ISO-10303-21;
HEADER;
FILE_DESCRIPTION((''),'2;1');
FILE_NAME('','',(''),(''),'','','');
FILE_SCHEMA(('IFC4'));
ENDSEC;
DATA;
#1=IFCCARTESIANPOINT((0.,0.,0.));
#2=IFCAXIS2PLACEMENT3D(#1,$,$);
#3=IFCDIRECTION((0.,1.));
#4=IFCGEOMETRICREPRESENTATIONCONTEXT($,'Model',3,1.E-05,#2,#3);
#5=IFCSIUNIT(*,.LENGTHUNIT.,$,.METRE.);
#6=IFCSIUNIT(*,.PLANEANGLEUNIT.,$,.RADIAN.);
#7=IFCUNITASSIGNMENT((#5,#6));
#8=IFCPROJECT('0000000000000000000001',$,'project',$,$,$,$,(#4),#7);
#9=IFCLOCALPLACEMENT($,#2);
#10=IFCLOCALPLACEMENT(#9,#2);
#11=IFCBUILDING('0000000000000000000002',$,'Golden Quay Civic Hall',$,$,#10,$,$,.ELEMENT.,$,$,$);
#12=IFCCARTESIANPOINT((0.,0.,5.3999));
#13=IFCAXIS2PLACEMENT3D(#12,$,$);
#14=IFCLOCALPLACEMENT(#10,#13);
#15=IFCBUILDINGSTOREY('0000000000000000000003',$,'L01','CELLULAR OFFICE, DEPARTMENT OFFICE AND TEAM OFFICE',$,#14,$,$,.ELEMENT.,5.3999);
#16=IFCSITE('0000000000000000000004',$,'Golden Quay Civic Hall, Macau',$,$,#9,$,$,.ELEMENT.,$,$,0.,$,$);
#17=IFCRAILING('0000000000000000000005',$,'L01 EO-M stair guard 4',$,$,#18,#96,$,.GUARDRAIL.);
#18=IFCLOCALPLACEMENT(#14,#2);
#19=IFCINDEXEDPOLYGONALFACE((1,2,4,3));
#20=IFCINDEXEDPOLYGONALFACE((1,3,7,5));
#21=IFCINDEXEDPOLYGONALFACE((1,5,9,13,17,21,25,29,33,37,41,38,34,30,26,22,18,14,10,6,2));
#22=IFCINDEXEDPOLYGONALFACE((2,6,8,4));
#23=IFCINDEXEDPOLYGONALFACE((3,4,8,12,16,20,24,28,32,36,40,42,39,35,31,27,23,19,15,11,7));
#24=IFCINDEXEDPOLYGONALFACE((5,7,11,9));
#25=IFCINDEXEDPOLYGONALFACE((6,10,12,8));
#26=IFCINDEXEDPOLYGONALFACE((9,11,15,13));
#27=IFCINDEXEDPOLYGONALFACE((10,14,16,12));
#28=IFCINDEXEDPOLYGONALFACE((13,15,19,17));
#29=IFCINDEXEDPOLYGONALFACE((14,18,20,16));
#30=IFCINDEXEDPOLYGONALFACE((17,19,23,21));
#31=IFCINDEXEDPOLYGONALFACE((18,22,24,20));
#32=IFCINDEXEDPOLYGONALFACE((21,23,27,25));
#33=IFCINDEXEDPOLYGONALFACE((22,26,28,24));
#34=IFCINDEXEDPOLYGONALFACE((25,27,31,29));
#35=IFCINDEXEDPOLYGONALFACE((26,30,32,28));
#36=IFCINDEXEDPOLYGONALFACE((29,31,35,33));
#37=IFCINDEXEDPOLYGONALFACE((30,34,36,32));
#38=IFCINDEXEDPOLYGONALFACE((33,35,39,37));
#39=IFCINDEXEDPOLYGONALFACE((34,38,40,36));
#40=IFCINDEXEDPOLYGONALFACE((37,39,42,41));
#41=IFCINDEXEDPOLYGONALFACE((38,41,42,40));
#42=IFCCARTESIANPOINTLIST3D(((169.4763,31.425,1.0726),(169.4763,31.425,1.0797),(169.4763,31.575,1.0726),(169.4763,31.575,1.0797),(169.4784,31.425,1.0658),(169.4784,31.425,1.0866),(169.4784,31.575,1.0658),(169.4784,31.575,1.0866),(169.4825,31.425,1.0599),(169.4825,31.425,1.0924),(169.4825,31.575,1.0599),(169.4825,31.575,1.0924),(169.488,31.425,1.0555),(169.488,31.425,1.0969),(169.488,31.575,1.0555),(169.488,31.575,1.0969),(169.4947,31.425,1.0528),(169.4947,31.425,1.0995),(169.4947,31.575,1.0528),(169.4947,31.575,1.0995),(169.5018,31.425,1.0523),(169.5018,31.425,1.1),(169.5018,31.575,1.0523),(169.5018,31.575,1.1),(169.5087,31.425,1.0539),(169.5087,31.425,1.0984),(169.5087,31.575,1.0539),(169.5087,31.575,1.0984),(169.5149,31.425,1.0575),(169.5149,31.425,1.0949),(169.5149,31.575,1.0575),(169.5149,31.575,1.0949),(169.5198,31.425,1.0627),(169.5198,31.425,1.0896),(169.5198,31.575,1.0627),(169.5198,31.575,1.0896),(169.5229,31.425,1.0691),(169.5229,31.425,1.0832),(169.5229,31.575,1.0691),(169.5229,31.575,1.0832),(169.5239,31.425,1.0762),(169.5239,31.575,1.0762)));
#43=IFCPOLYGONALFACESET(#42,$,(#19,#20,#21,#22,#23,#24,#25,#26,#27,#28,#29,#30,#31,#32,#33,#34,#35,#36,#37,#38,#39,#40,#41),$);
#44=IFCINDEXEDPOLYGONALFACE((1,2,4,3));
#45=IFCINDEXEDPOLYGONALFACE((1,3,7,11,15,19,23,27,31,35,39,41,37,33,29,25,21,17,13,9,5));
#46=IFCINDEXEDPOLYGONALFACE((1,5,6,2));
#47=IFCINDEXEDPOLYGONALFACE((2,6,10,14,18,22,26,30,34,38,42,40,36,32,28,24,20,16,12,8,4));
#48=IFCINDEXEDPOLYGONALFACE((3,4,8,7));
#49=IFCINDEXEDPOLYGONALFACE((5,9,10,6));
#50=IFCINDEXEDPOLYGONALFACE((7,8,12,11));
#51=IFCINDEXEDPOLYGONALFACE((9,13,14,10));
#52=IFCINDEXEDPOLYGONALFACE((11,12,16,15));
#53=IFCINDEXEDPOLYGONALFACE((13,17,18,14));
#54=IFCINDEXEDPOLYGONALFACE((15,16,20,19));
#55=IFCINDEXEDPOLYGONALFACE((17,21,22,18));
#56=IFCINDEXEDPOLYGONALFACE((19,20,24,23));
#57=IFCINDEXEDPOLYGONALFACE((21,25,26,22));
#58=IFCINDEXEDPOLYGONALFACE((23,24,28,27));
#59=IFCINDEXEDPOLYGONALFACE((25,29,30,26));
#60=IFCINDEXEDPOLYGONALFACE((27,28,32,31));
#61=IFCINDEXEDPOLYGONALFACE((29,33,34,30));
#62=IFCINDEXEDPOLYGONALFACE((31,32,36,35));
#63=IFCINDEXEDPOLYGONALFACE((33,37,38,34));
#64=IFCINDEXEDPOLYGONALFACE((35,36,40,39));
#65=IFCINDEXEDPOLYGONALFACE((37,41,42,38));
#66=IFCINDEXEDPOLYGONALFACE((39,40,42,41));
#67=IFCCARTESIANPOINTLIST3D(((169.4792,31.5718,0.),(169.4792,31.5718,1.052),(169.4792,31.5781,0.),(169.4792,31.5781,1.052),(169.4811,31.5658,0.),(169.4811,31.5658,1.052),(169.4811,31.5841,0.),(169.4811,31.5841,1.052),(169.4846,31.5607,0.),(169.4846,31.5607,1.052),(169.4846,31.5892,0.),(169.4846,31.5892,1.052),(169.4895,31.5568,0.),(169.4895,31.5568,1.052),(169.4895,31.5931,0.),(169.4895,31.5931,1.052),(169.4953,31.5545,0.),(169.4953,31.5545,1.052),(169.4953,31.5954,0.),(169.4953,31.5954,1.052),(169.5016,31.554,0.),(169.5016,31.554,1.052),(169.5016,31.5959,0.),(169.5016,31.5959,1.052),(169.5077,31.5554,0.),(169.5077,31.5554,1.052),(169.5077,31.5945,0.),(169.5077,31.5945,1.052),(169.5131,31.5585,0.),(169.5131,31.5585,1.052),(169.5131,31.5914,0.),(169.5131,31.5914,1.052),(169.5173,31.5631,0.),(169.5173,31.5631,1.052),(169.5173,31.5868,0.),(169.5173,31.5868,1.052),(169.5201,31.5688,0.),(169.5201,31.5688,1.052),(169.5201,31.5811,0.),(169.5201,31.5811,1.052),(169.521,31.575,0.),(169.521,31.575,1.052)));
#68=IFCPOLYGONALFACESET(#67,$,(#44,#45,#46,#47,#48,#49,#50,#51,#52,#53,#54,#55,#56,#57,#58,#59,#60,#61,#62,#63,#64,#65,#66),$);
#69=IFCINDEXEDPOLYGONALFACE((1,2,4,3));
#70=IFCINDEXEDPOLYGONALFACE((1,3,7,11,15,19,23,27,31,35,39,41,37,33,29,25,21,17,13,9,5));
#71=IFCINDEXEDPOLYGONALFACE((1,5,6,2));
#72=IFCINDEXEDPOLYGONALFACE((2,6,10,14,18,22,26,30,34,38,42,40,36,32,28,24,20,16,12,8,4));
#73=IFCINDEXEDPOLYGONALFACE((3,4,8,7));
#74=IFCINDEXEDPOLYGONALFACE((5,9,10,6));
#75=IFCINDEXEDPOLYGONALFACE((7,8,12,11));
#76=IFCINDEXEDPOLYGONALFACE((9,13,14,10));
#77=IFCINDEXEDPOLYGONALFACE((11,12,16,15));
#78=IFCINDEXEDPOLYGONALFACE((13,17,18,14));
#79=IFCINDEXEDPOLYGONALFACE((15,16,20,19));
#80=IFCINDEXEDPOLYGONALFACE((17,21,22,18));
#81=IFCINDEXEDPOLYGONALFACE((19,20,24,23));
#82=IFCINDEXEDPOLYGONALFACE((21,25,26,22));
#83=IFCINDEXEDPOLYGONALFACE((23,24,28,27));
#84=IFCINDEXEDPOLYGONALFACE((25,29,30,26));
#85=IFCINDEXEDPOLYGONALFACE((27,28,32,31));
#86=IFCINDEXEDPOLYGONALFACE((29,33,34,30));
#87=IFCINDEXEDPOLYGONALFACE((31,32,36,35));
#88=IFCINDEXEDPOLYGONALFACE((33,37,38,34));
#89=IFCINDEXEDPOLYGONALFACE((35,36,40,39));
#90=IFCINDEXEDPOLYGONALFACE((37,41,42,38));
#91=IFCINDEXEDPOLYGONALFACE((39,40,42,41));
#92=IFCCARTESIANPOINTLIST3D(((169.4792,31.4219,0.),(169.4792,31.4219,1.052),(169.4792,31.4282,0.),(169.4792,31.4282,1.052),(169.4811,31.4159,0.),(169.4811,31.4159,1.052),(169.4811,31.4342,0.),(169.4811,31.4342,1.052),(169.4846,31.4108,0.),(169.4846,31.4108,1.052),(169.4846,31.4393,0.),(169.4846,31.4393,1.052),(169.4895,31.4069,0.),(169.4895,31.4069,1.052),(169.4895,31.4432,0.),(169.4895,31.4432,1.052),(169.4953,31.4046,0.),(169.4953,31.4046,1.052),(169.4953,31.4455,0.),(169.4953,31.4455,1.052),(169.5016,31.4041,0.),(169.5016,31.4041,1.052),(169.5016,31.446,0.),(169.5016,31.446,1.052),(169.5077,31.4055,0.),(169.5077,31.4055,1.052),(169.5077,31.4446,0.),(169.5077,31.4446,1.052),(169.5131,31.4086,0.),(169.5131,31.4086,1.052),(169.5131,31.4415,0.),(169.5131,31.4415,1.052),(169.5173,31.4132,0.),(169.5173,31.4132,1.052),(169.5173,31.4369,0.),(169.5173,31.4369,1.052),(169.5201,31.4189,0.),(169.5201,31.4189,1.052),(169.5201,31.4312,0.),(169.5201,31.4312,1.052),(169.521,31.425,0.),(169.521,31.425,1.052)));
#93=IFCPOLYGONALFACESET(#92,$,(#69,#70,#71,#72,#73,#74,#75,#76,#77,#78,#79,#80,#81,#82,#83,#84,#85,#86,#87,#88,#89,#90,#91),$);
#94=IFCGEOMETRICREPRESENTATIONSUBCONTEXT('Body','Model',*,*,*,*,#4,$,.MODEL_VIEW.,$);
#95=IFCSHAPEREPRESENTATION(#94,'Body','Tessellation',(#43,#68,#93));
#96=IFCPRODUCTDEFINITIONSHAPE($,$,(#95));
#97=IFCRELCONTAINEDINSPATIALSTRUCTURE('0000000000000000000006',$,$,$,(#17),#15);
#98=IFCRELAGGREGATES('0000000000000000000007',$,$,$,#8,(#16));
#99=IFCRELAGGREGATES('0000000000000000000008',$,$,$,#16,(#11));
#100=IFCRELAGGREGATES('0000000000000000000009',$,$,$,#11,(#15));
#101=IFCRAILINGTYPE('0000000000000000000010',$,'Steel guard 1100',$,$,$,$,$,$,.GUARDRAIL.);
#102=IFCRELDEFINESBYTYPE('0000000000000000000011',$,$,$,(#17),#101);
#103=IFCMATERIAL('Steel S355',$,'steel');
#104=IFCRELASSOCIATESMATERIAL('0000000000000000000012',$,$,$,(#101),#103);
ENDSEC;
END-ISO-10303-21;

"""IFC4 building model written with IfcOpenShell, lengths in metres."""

from ifc_helpers import new_model, si_unit, direction, frame, origin, origin_2d, place, context, subcontext, project, spatial, circle, extrude, material, type_object, element, save


model = new_model("IFC4")

# Units and contexts
model_context = context("Model", 3, precision=1e-05, world=origin(), true_north=direction((0.0, 1.0)))
body_context = subcontext(model_context, "Body", "Model", "MODEL_VIEW")
ifc_project = project(units=[si_unit("LENGTHUNIT", "METRE"), si_unit("PLANEANGLEUNIT", "RADIAN")], contexts=[model_context])

# Site, building, storey
site_placement = place(None, origin())
site = spatial("IfcSite", under=ifc_project, at=site_placement, Name="Golden Quay Civic Hall, Macau", CompositionType="ELEMENT", RefElevation=0.0)
building_placement = place(site_placement, origin())
building = spatial("IfcBuilding", under=site, at=building_placement, Name="Golden Quay Civic Hall", CompositionType="ELEMENT")
storey_placement = place(building_placement, frame((0.0, 0.0, 5.3999)))
storey = spatial("IfcBuildingStorey", under=building, at=storey_placement, Name="L01", Description="CELLULAR OFFICE, DEPARTMENT OFFICE AND TEAM OFFICE", CompositionType="ELEMENT", Elevation=5.3999)

# Railing
ifc_material_1 = material(Name="Steel S355", Category="steel")
railing_type_1 = type_object("IfcRailingType", Name="Steel guard 1100", PredefinedType="GUARDRAIL", material=ifc_material_1)
railing_1_placement = place(storey_placement, frame((169.5, 31.575, 0.0)))
element("IfcRailing", 1, at=railing_1_placement, inside=storey, type_object=railing_type_1, Name="L01 EO-M stair guard 4", PredefinedType="GUARDRAIL", context=body_context, shape_type="SweptSolid", body=[
    extrude(circle(Radius=0.0239, at=origin_2d()), frame((0.0, 0.0, 1.0762), z_axis=(0.0, -1.0, 0.0), x_axis=(1.0, 0.0, 0.0)), (0.0, 0.0, 1.0), 0.1499),
    extrude(circle(Radius=0.021, at=origin_2d()), origin(), (0.0, 0.0, 1.0), 1.052),
    extrude(circle(Radius=0.021, at=origin_2d()), frame((0.0, -0.1499, 0.0)), (0.0, 0.0, 1.0), 1.052),
])

save(model, "model.ifc")
